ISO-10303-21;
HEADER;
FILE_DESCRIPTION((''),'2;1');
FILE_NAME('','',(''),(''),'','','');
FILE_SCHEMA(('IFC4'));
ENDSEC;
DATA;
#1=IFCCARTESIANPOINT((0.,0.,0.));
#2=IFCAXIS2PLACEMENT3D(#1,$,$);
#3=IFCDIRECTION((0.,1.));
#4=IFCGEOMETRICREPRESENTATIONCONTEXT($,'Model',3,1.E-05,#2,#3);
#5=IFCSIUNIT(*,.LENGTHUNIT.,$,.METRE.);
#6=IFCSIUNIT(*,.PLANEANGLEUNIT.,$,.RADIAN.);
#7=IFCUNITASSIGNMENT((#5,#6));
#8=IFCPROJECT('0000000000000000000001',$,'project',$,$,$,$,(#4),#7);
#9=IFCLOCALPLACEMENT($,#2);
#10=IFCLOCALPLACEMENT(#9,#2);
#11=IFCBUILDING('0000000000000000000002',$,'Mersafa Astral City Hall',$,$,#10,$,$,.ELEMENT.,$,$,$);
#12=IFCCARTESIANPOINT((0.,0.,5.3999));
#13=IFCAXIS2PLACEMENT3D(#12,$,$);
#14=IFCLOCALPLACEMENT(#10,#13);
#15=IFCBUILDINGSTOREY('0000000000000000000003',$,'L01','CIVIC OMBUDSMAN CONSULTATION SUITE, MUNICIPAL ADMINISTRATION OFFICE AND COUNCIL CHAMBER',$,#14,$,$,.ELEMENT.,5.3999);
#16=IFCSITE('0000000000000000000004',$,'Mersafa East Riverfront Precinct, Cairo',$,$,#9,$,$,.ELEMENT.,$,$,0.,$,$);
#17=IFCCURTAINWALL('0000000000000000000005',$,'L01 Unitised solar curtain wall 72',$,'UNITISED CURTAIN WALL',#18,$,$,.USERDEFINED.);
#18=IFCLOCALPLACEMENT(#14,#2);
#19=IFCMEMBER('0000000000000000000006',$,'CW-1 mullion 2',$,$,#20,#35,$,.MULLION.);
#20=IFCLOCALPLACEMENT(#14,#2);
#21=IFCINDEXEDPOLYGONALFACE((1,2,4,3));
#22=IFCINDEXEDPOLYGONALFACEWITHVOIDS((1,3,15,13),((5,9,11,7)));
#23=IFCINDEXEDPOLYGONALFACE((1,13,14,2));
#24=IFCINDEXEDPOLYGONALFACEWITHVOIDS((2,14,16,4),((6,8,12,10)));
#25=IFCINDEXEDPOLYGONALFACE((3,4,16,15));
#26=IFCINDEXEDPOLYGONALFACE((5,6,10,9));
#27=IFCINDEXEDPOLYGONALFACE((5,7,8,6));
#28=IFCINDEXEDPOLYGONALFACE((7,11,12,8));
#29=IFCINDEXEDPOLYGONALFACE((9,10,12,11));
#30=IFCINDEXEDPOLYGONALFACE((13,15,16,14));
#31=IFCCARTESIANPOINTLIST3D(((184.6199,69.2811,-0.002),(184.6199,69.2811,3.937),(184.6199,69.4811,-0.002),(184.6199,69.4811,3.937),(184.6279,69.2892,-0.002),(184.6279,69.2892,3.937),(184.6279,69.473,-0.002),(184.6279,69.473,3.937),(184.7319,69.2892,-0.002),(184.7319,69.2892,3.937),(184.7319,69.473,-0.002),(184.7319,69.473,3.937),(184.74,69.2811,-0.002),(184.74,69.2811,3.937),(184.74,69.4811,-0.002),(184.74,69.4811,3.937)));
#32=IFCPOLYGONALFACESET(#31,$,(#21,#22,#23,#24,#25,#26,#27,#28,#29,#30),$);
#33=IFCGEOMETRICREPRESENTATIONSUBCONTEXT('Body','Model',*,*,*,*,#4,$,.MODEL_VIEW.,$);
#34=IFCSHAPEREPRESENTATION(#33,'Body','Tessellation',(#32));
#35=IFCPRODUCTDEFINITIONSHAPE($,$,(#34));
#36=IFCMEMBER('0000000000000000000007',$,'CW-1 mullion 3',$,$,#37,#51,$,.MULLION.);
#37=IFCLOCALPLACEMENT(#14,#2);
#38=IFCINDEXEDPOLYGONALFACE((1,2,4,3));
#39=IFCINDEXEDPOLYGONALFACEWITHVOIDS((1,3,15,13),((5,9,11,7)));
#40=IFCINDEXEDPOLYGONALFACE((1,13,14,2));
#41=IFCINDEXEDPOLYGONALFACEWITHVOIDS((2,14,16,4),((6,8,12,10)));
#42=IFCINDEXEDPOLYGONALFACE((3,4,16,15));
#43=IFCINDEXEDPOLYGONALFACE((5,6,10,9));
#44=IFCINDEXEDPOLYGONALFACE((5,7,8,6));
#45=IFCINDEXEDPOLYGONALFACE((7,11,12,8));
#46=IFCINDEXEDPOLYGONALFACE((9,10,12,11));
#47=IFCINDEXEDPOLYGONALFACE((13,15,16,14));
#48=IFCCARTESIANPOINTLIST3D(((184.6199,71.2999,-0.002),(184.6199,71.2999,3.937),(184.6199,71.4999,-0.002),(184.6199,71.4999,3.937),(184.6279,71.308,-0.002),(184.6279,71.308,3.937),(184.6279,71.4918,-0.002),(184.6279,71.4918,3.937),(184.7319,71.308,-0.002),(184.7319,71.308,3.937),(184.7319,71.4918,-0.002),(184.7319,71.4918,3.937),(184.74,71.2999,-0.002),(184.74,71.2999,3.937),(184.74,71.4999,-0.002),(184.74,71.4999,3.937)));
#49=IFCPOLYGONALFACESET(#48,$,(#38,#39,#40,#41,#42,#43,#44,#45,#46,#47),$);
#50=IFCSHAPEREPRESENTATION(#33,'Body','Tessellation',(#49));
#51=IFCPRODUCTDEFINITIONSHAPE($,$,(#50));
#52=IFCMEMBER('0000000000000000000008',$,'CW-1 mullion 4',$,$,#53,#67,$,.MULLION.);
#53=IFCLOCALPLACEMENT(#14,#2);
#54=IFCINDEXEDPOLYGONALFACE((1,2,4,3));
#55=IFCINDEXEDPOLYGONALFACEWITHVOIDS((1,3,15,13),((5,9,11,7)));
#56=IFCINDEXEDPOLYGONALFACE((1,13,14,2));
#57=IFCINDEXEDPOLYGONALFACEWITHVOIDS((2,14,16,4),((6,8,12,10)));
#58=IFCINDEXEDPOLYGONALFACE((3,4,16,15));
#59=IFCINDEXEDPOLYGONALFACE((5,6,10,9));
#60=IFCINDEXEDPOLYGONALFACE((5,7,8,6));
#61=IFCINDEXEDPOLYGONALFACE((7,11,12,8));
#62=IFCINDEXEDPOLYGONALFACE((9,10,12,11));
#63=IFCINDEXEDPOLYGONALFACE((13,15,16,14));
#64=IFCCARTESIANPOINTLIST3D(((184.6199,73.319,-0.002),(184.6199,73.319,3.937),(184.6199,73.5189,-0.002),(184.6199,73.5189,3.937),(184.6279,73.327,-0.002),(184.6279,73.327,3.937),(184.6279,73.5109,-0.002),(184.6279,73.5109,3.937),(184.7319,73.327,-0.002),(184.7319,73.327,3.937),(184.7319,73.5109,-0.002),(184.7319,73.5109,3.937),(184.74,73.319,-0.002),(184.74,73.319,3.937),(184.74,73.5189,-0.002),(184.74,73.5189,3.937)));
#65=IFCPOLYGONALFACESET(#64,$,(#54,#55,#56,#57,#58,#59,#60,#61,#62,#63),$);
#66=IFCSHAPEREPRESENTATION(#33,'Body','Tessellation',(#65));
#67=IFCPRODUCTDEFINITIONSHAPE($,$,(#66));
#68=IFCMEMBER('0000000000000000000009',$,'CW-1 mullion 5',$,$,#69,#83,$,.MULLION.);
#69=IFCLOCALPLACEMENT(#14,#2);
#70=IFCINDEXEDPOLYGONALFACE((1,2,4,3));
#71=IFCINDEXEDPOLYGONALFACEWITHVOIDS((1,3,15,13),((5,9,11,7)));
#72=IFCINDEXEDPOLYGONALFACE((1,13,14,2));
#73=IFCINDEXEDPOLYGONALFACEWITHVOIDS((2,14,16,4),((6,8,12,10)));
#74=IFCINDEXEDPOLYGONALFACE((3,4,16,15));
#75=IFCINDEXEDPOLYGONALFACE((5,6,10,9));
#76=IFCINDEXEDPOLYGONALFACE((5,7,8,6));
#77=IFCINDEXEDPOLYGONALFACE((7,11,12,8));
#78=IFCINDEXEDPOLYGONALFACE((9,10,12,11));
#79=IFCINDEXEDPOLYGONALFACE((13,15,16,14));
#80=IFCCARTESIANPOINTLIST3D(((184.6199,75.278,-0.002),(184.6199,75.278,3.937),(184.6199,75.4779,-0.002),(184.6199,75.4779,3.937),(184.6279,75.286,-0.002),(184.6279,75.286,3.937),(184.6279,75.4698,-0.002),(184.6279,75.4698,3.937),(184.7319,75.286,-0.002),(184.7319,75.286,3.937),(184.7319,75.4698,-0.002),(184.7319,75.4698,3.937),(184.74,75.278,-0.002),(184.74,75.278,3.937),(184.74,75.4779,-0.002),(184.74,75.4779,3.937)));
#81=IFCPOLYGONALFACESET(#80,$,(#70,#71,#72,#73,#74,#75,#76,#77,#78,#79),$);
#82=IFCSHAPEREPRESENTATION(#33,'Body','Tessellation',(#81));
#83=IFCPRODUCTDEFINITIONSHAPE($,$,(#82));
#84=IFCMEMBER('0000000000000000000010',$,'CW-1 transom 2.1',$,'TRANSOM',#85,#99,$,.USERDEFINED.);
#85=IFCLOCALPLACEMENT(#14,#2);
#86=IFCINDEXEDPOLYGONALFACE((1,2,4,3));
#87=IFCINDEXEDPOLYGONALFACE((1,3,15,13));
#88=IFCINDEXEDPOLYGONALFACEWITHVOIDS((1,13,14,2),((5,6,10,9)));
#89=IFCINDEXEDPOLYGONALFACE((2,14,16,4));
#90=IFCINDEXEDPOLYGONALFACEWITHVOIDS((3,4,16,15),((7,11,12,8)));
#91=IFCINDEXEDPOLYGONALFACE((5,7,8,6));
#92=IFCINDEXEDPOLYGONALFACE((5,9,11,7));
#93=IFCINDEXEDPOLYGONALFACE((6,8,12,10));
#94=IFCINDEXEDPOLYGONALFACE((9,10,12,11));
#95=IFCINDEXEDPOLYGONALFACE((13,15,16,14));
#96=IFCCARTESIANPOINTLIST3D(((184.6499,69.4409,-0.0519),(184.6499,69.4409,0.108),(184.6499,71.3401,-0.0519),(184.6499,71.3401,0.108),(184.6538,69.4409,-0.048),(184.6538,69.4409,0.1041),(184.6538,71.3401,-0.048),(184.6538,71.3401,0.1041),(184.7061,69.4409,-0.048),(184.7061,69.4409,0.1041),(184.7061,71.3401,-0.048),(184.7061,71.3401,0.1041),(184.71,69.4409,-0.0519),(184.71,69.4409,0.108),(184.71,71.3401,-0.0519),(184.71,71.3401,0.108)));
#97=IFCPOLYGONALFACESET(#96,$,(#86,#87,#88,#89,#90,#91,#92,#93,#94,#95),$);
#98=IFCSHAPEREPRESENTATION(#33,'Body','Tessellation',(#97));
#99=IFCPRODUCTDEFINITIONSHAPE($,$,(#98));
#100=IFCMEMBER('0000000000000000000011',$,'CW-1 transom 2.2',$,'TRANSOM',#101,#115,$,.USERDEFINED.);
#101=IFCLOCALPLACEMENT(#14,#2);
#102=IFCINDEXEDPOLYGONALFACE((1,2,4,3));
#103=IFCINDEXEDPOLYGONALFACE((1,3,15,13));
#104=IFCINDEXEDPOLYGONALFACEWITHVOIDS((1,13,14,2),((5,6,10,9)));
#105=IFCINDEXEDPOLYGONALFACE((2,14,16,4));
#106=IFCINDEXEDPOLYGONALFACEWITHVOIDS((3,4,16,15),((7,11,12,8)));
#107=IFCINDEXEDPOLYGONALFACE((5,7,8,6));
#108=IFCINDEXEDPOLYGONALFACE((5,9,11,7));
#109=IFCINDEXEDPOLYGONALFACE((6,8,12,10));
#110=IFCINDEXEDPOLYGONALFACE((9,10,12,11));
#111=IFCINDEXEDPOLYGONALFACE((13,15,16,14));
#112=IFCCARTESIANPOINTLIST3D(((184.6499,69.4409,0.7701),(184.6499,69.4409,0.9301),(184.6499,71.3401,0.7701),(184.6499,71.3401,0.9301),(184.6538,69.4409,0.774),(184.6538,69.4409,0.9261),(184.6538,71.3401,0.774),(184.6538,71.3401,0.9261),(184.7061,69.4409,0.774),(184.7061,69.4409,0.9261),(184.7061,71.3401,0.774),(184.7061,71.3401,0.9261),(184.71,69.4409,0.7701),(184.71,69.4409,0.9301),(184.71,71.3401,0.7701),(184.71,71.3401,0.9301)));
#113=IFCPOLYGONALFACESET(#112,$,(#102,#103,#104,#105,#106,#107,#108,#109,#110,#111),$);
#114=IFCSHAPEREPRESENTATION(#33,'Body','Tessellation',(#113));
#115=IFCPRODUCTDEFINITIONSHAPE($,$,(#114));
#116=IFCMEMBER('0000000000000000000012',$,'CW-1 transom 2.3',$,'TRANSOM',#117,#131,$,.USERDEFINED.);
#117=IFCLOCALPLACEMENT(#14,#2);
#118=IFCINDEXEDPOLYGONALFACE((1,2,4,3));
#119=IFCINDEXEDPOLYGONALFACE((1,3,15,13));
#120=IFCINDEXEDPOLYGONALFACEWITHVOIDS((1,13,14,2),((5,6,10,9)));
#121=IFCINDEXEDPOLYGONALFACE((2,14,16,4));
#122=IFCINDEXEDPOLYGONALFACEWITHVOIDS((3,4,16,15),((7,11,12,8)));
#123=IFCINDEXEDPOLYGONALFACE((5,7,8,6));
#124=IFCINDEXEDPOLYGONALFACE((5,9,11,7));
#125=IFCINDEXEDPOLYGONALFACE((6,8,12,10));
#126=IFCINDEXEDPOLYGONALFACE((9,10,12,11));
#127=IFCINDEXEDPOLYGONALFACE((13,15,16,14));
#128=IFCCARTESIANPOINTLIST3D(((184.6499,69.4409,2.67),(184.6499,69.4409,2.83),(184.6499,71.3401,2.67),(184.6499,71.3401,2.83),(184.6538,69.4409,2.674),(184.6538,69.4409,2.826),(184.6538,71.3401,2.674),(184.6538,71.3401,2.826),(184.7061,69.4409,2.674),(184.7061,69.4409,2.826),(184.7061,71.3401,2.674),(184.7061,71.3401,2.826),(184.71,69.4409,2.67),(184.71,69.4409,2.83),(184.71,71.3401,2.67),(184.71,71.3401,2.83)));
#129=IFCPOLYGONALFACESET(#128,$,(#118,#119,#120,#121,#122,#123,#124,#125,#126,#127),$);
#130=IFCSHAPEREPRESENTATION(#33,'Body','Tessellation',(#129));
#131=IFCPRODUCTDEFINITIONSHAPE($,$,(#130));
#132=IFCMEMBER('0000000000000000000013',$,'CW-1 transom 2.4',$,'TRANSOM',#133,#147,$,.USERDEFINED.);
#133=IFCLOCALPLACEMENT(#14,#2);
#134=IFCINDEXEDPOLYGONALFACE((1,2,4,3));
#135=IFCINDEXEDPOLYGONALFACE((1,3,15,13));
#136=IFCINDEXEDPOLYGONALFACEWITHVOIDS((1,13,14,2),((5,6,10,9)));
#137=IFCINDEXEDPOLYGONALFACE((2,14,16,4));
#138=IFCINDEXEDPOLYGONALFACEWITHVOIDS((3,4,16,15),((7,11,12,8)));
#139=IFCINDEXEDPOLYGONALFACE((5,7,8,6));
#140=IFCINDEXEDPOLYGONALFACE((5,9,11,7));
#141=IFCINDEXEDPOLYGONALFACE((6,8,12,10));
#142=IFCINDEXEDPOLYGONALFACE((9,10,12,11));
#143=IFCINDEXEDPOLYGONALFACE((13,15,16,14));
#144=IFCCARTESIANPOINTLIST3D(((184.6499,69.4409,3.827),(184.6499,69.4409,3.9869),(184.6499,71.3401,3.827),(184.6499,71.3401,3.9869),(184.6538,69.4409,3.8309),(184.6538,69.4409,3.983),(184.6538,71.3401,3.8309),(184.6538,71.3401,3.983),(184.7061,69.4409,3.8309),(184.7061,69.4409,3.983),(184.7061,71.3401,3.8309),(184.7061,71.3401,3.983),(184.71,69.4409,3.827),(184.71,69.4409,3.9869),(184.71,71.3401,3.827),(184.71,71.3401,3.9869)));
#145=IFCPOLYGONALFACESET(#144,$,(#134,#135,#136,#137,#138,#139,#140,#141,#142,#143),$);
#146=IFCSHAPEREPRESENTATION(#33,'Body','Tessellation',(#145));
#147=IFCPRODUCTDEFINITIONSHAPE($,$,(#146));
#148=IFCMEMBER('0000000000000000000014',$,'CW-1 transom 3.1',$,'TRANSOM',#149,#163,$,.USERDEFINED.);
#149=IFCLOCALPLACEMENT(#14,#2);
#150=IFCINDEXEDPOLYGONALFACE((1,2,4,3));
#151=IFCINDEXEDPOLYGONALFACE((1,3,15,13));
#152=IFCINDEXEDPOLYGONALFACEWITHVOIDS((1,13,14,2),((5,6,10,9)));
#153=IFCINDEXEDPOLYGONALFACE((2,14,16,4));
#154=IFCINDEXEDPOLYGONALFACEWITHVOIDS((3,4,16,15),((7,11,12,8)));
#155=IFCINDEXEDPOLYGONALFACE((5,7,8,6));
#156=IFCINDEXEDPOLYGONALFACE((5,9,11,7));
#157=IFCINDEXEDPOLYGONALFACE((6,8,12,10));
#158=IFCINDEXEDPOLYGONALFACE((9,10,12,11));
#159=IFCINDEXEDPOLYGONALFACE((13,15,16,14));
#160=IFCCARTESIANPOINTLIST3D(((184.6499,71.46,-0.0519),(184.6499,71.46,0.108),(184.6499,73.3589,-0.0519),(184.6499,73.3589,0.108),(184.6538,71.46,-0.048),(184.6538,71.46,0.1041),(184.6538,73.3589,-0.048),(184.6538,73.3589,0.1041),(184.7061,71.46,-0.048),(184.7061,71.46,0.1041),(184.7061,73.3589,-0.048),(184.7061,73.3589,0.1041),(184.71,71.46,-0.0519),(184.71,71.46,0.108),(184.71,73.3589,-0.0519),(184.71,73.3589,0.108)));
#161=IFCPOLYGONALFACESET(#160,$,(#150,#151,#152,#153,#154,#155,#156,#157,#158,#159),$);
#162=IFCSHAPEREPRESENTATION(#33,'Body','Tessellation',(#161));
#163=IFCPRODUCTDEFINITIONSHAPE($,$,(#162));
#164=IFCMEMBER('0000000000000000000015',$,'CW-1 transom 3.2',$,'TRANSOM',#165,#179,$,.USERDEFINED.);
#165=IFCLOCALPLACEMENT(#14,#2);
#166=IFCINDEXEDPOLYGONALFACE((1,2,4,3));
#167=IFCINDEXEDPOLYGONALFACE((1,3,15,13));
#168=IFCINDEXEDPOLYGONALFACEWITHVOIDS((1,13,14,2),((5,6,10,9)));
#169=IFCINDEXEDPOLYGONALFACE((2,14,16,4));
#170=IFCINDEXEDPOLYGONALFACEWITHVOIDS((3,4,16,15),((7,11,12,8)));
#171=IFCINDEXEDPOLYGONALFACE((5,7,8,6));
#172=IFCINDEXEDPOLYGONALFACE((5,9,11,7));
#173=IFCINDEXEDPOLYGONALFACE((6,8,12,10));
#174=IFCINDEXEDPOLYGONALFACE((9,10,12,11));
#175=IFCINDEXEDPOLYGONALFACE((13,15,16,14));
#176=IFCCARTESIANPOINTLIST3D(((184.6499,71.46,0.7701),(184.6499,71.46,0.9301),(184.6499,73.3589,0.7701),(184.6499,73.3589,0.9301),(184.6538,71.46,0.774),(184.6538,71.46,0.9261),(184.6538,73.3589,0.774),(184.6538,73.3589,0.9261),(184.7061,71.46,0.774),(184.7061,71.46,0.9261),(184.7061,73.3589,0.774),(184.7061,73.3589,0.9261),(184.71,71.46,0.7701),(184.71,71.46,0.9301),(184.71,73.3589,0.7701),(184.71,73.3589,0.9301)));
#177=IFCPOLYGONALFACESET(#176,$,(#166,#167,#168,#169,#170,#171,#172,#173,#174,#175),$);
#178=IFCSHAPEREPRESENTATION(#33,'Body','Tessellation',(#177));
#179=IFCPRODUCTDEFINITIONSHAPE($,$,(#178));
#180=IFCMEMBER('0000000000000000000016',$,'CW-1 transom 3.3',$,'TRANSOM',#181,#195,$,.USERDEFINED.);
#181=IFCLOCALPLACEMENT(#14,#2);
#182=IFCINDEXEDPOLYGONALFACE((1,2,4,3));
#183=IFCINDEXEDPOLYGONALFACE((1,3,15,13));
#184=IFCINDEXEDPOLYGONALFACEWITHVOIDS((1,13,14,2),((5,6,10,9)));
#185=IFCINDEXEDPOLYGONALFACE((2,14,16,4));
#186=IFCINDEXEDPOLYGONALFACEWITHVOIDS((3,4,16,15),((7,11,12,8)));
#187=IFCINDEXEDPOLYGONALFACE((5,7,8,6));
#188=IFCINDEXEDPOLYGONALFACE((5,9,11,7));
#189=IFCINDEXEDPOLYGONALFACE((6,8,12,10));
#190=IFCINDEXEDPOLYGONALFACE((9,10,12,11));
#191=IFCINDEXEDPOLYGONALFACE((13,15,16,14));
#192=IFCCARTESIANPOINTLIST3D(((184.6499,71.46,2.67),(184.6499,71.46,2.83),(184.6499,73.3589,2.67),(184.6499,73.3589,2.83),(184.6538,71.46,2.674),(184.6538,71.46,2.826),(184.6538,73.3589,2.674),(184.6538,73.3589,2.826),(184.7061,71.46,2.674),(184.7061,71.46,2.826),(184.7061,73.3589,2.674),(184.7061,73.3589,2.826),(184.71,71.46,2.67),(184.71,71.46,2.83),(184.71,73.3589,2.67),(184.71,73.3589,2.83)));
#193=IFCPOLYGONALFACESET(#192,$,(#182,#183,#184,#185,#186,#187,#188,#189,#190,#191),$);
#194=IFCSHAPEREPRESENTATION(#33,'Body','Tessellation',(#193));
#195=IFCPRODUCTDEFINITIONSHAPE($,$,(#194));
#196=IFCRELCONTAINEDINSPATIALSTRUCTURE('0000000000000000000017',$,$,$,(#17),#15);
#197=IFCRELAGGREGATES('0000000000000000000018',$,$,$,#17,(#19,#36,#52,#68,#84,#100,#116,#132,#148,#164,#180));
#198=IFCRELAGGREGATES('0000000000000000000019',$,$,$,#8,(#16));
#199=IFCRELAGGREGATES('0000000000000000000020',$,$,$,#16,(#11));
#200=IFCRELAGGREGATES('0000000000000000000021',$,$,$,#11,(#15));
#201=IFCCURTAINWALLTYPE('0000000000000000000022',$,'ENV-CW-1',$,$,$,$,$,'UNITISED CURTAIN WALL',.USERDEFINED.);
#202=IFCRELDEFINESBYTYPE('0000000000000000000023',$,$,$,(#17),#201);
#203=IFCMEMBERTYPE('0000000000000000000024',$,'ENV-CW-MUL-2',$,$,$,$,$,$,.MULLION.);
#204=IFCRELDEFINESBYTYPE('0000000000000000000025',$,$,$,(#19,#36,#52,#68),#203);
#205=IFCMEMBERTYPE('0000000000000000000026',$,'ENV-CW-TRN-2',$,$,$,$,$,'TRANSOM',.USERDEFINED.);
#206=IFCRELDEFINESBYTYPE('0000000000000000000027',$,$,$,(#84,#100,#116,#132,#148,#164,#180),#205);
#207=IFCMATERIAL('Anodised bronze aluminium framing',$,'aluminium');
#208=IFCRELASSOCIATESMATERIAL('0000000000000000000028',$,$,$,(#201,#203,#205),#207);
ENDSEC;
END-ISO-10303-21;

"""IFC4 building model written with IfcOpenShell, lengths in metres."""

from ifc_helpers import new_model, si_unit, direction, frame, origin, origin_2d, place, context, subcontext, project, spatial, hollow_rectangle, extrude, material, material_profile, profile_set, type_object, element, aggregate, save


model = new_model("IFC4")

# Units and contexts
model_context = context("Model", 3, precision=1e-05, world=origin(), true_north=direction((0.0, 1.0)))
body_context = subcontext(model_context, "Body", "Model", "MODEL_VIEW")
ifc_project = project(units=[si_unit("LENGTHUNIT", "METRE"), si_unit("PLANEANGLEUNIT", "RADIAN")], contexts=[model_context])

# Site, building, storey
site_placement = place(None, origin())
site = spatial("IfcSite", under=ifc_project, at=site_placement, Name="Mersafa East Riverfront Precinct, Cairo", CompositionType="ELEMENT", RefElevation=0.0)
building_placement = place(site_placement, origin())
building = spatial("IfcBuilding", under=site, at=building_placement, Name="Mersafa Astral City Hall", CompositionType="ELEMENT")
storey_placement = place(building_placement, frame((0.0, 0.0, 5.3999)))
storey = spatial("IfcBuildingStorey", under=building, at=storey_placement, Name="L01", Description="CIVIC OMBUDSMAN CONSULTATION SUITE, MUNICIPAL ADMINISTRATION OFFICE AND COUNCIL CHAMBER", CompositionType="ELEMENT", Elevation=5.3999)

# Curtain wall, members
ifc_material_1 = material(Name="Anodised bronze aluminium framing", Category="aluminium")
curtain_wall_type = type_object("IfcCurtainWallType", Name="ENV-CW-1", ElementType="UNITISED CURTAIN WALL", PredefinedType="USERDEFINED", material=ifc_material_1)
curtain_wall_placement = place(storey_placement, origin())
curtain_wall = element("IfcCurtainWall", 1, at=curtain_wall_placement, inside=storey, type_object=curtain_wall_type, Name="L01 Unitised solar curtain wall 72", ObjectType="UNITISED CURTAIN WALL", PredefinedType="USERDEFINED")
ifc_material_profile_1 = material_profile(ifc_material_1, hollow_rectangle(XDim=0.1201, YDim=0.2, WallThickness=0.0081, at=origin_2d()), Name="RHS 120x200x8")
ifc_profile_set_1 = profile_set([ifc_material_profile_1], Name="Anodised bronze aluminium framing")
member_type_1 = type_object("IfcMemberType", Name="ENV-CW-MUL-2", PredefinedType="MULLION", material=ifc_profile_set_1)
member_1_placement = place(storey_placement, frame((184.6799, 69.3811, -0.002), z_axis=(0.0, 0.0, 1.0), x_axis=(-1.0, 0.0, 0.0)))
member_1 = element("IfcMember", 2, at=member_1_placement, type_object=member_type_1, Name="CW-1 mullion 2", PredefinedType="MULLION", context=body_context, shape_type="SweptSolid", body=[
    extrude(hollow_rectangle(XDim=0.1201, YDim=0.2, WallThickness=0.0081, at=origin_2d()), origin(), (0.0, 0.0, 1.0), 3.939),
])
member_2_placement = place(storey_placement, frame((184.6799, 71.3999, -0.002), z_axis=(0.0, 0.0, 1.0), x_axis=(-1.0, 0.0, 0.0)))
member_2 = element("IfcMember", 3, at=member_2_placement, type_object=member_type_1, Name="CW-1 mullion 3", PredefinedType="MULLION", context=body_context, shape_type="SweptSolid", body=[
    extrude(hollow_rectangle(XDim=0.1201, YDim=0.2, WallThickness=0.0081, at=origin_2d()), origin(), (0.0, 0.0, 1.0), 3.939),
])
member_3_placement = place(storey_placement, frame((184.6799, 73.4189, -0.002), z_axis=(0.0, 0.0, 1.0), x_axis=(-1.0, 0.0, 0.0)))
member_3 = element("IfcMember", 4, at=member_3_placement, type_object=member_type_1, Name="CW-1 mullion 4", PredefinedType="MULLION", context=body_context, shape_type="SweptSolid", body=[
    extrude(hollow_rectangle(XDim=0.1201, YDim=0.2, WallThickness=0.0081, at=origin_2d()), origin(), (0.0, 0.0, 1.0), 3.939),
])
member_4_placement = place(storey_placement, frame((184.6799, 75.3779, -0.002), z_axis=(0.0, 0.0, 1.0), x_axis=(-1.0, 0.0, 0.0)))
member_4 = element("IfcMember", 5, at=member_4_placement, type_object=member_type_1, Name="CW-1 mullion 5", PredefinedType="MULLION", context=body_context, shape_type="SweptSolid", body=[
    extrude(hollow_rectangle(XDim=0.1201, YDim=0.2, WallThickness=0.0081, at=origin_2d()), origin(), (0.0, 0.0, 1.0), 3.939),
])
ifc_material_profile_2 = material_profile(ifc_material_1, hollow_rectangle(XDim=0.0601, YDim=0.1599, WallThickness=0.0039, at=origin_2d()), Name="RHS 60x160x4")
ifc_profile_set_2 = profile_set([ifc_material_profile_2], Name="Anodised bronze aluminium framing")
member_type_2 = type_object("IfcMemberType", Name="ENV-CW-TRN-2", ElementType="TRANSOM", PredefinedType="USERDEFINED", material=ifc_profile_set_2)
member_5_placement = place(storey_placement, frame((184.6799, 69.4409, 0.0281), z_axis=(0.0, 1.0, 0.0), x_axis=(-1.0, 0.0, 0.0)))
member_5 = element("IfcMember", 6, at=member_5_placement, type_object=member_type_2, Name="CW-1 transom 2.1", ObjectType="TRANSOM", PredefinedType="USERDEFINED", context=body_context, shape_type="SweptSolid", body=[
    extrude(hollow_rectangle(XDim=0.0601, YDim=0.1599, WallThickness=0.0039, at=origin_2d()), origin(), (0.0, 0.0, 1.0), 1.8992),
])
member_6_placement = place(storey_placement, frame((184.6799, 69.4409, 0.8501), z_axis=(0.0, 1.0, 0.0), x_axis=(-1.0, 0.0, 0.0)))
member_6 = element("IfcMember", 7, at=member_6_placement, type_object=member_type_2, Name="CW-1 transom 2.2", ObjectType="TRANSOM", PredefinedType="USERDEFINED", context=body_context, shape_type="SweptSolid", body=[
    extrude(hollow_rectangle(XDim=0.0601, YDim=0.1599, WallThickness=0.0039, at=origin_2d()), origin(), (0.0, 0.0, 1.0), 1.8992),
])
member_7_placement = place(storey_placement, frame((184.6799, 69.4409, 2.75), z_axis=(0.0, 1.0, 0.0), x_axis=(-1.0, 0.0, 0.0)))
member_7 = element("IfcMember", 8, at=member_7_placement, type_object=member_type_2, Name="CW-1 transom 2.3", ObjectType="TRANSOM", PredefinedType="USERDEFINED", context=body_context, shape_type="SweptSolid", body=[
    extrude(hollow_rectangle(XDim=0.0601, YDim=0.1599, WallThickness=0.0039, at=origin_2d()), origin(), (0.0, 0.0, 1.0), 1.8992),
])
member_8_placement = place(storey_placement, frame((184.6799, 69.4409, 3.907), z_axis=(0.0, 1.0, 0.0), x_axis=(-1.0, 0.0, 0.0)))
member_8 = element("IfcMember", 9, at=member_8_placement, type_object=member_type_2, Name="CW-1 transom 2.4", ObjectType="TRANSOM", PredefinedType="USERDEFINED", context=body_context, shape_type="SweptSolid", body=[
    extrude(hollow_rectangle(XDim=0.0601, YDim=0.1599, WallThickness=0.0039, at=origin_2d()), origin(), (0.0, 0.0, 1.0), 1.8992),
])
member_9_placement = place(storey_placement, frame((184.6799, 71.46, 0.0281), z_axis=(0.0, 1.0, 0.0), x_axis=(-1.0, 0.0, 0.0)))
member_9 = element("IfcMember", 10, at=member_9_placement, type_object=member_type_2, Name="CW-1 transom 3.1", ObjectType="TRANSOM", PredefinedType="USERDEFINED", context=body_context, shape_type="SweptSolid", body=[
    extrude(hollow_rectangle(XDim=0.0601, YDim=0.1599, WallThickness=0.0039, at=origin_2d()), origin(), (0.0, 0.0, 1.0), 1.8989),
])
member_10_placement = place(storey_placement, frame((184.6799, 71.46, 0.8501), z_axis=(0.0, 1.0, 0.0), x_axis=(-1.0, 0.0, 0.0)))
member_10 = element("IfcMember", 11, at=member_10_placement, type_object=member_type_2, Name="CW-1 transom 3.2", ObjectType="TRANSOM", PredefinedType="USERDEFINED", context=body_context, shape_type="SweptSolid", body=[
    extrude(hollow_rectangle(XDim=0.0601, YDim=0.1599, WallThickness=0.0039, at=origin_2d()), origin(), (0.0, 0.0, 1.0), 1.8989),
])
member_11_placement = place(storey_placement, frame((184.6799, 71.46, 2.75), z_axis=(0.0, 1.0, 0.0), x_axis=(-1.0, 0.0, 0.0)))
member_11 = element("IfcMember", 12, at=member_11_placement, type_object=member_type_2, Name="CW-1 transom 3.3", ObjectType="TRANSOM", PredefinedType="USERDEFINED", context=body_context, shape_type="SweptSolid", body=[
    extrude(hollow_rectangle(XDim=0.0601, YDim=0.1599, WallThickness=0.0039, at=origin_2d()), origin(), (0.0, 0.0, 1.0), 1.8989),
])
aggregate(curtain_wall, [member_1, member_2, member_3, member_4, member_5, member_6, member_7, member_8, member_9, member_10, member_11])

save(model, "model.ifc")
